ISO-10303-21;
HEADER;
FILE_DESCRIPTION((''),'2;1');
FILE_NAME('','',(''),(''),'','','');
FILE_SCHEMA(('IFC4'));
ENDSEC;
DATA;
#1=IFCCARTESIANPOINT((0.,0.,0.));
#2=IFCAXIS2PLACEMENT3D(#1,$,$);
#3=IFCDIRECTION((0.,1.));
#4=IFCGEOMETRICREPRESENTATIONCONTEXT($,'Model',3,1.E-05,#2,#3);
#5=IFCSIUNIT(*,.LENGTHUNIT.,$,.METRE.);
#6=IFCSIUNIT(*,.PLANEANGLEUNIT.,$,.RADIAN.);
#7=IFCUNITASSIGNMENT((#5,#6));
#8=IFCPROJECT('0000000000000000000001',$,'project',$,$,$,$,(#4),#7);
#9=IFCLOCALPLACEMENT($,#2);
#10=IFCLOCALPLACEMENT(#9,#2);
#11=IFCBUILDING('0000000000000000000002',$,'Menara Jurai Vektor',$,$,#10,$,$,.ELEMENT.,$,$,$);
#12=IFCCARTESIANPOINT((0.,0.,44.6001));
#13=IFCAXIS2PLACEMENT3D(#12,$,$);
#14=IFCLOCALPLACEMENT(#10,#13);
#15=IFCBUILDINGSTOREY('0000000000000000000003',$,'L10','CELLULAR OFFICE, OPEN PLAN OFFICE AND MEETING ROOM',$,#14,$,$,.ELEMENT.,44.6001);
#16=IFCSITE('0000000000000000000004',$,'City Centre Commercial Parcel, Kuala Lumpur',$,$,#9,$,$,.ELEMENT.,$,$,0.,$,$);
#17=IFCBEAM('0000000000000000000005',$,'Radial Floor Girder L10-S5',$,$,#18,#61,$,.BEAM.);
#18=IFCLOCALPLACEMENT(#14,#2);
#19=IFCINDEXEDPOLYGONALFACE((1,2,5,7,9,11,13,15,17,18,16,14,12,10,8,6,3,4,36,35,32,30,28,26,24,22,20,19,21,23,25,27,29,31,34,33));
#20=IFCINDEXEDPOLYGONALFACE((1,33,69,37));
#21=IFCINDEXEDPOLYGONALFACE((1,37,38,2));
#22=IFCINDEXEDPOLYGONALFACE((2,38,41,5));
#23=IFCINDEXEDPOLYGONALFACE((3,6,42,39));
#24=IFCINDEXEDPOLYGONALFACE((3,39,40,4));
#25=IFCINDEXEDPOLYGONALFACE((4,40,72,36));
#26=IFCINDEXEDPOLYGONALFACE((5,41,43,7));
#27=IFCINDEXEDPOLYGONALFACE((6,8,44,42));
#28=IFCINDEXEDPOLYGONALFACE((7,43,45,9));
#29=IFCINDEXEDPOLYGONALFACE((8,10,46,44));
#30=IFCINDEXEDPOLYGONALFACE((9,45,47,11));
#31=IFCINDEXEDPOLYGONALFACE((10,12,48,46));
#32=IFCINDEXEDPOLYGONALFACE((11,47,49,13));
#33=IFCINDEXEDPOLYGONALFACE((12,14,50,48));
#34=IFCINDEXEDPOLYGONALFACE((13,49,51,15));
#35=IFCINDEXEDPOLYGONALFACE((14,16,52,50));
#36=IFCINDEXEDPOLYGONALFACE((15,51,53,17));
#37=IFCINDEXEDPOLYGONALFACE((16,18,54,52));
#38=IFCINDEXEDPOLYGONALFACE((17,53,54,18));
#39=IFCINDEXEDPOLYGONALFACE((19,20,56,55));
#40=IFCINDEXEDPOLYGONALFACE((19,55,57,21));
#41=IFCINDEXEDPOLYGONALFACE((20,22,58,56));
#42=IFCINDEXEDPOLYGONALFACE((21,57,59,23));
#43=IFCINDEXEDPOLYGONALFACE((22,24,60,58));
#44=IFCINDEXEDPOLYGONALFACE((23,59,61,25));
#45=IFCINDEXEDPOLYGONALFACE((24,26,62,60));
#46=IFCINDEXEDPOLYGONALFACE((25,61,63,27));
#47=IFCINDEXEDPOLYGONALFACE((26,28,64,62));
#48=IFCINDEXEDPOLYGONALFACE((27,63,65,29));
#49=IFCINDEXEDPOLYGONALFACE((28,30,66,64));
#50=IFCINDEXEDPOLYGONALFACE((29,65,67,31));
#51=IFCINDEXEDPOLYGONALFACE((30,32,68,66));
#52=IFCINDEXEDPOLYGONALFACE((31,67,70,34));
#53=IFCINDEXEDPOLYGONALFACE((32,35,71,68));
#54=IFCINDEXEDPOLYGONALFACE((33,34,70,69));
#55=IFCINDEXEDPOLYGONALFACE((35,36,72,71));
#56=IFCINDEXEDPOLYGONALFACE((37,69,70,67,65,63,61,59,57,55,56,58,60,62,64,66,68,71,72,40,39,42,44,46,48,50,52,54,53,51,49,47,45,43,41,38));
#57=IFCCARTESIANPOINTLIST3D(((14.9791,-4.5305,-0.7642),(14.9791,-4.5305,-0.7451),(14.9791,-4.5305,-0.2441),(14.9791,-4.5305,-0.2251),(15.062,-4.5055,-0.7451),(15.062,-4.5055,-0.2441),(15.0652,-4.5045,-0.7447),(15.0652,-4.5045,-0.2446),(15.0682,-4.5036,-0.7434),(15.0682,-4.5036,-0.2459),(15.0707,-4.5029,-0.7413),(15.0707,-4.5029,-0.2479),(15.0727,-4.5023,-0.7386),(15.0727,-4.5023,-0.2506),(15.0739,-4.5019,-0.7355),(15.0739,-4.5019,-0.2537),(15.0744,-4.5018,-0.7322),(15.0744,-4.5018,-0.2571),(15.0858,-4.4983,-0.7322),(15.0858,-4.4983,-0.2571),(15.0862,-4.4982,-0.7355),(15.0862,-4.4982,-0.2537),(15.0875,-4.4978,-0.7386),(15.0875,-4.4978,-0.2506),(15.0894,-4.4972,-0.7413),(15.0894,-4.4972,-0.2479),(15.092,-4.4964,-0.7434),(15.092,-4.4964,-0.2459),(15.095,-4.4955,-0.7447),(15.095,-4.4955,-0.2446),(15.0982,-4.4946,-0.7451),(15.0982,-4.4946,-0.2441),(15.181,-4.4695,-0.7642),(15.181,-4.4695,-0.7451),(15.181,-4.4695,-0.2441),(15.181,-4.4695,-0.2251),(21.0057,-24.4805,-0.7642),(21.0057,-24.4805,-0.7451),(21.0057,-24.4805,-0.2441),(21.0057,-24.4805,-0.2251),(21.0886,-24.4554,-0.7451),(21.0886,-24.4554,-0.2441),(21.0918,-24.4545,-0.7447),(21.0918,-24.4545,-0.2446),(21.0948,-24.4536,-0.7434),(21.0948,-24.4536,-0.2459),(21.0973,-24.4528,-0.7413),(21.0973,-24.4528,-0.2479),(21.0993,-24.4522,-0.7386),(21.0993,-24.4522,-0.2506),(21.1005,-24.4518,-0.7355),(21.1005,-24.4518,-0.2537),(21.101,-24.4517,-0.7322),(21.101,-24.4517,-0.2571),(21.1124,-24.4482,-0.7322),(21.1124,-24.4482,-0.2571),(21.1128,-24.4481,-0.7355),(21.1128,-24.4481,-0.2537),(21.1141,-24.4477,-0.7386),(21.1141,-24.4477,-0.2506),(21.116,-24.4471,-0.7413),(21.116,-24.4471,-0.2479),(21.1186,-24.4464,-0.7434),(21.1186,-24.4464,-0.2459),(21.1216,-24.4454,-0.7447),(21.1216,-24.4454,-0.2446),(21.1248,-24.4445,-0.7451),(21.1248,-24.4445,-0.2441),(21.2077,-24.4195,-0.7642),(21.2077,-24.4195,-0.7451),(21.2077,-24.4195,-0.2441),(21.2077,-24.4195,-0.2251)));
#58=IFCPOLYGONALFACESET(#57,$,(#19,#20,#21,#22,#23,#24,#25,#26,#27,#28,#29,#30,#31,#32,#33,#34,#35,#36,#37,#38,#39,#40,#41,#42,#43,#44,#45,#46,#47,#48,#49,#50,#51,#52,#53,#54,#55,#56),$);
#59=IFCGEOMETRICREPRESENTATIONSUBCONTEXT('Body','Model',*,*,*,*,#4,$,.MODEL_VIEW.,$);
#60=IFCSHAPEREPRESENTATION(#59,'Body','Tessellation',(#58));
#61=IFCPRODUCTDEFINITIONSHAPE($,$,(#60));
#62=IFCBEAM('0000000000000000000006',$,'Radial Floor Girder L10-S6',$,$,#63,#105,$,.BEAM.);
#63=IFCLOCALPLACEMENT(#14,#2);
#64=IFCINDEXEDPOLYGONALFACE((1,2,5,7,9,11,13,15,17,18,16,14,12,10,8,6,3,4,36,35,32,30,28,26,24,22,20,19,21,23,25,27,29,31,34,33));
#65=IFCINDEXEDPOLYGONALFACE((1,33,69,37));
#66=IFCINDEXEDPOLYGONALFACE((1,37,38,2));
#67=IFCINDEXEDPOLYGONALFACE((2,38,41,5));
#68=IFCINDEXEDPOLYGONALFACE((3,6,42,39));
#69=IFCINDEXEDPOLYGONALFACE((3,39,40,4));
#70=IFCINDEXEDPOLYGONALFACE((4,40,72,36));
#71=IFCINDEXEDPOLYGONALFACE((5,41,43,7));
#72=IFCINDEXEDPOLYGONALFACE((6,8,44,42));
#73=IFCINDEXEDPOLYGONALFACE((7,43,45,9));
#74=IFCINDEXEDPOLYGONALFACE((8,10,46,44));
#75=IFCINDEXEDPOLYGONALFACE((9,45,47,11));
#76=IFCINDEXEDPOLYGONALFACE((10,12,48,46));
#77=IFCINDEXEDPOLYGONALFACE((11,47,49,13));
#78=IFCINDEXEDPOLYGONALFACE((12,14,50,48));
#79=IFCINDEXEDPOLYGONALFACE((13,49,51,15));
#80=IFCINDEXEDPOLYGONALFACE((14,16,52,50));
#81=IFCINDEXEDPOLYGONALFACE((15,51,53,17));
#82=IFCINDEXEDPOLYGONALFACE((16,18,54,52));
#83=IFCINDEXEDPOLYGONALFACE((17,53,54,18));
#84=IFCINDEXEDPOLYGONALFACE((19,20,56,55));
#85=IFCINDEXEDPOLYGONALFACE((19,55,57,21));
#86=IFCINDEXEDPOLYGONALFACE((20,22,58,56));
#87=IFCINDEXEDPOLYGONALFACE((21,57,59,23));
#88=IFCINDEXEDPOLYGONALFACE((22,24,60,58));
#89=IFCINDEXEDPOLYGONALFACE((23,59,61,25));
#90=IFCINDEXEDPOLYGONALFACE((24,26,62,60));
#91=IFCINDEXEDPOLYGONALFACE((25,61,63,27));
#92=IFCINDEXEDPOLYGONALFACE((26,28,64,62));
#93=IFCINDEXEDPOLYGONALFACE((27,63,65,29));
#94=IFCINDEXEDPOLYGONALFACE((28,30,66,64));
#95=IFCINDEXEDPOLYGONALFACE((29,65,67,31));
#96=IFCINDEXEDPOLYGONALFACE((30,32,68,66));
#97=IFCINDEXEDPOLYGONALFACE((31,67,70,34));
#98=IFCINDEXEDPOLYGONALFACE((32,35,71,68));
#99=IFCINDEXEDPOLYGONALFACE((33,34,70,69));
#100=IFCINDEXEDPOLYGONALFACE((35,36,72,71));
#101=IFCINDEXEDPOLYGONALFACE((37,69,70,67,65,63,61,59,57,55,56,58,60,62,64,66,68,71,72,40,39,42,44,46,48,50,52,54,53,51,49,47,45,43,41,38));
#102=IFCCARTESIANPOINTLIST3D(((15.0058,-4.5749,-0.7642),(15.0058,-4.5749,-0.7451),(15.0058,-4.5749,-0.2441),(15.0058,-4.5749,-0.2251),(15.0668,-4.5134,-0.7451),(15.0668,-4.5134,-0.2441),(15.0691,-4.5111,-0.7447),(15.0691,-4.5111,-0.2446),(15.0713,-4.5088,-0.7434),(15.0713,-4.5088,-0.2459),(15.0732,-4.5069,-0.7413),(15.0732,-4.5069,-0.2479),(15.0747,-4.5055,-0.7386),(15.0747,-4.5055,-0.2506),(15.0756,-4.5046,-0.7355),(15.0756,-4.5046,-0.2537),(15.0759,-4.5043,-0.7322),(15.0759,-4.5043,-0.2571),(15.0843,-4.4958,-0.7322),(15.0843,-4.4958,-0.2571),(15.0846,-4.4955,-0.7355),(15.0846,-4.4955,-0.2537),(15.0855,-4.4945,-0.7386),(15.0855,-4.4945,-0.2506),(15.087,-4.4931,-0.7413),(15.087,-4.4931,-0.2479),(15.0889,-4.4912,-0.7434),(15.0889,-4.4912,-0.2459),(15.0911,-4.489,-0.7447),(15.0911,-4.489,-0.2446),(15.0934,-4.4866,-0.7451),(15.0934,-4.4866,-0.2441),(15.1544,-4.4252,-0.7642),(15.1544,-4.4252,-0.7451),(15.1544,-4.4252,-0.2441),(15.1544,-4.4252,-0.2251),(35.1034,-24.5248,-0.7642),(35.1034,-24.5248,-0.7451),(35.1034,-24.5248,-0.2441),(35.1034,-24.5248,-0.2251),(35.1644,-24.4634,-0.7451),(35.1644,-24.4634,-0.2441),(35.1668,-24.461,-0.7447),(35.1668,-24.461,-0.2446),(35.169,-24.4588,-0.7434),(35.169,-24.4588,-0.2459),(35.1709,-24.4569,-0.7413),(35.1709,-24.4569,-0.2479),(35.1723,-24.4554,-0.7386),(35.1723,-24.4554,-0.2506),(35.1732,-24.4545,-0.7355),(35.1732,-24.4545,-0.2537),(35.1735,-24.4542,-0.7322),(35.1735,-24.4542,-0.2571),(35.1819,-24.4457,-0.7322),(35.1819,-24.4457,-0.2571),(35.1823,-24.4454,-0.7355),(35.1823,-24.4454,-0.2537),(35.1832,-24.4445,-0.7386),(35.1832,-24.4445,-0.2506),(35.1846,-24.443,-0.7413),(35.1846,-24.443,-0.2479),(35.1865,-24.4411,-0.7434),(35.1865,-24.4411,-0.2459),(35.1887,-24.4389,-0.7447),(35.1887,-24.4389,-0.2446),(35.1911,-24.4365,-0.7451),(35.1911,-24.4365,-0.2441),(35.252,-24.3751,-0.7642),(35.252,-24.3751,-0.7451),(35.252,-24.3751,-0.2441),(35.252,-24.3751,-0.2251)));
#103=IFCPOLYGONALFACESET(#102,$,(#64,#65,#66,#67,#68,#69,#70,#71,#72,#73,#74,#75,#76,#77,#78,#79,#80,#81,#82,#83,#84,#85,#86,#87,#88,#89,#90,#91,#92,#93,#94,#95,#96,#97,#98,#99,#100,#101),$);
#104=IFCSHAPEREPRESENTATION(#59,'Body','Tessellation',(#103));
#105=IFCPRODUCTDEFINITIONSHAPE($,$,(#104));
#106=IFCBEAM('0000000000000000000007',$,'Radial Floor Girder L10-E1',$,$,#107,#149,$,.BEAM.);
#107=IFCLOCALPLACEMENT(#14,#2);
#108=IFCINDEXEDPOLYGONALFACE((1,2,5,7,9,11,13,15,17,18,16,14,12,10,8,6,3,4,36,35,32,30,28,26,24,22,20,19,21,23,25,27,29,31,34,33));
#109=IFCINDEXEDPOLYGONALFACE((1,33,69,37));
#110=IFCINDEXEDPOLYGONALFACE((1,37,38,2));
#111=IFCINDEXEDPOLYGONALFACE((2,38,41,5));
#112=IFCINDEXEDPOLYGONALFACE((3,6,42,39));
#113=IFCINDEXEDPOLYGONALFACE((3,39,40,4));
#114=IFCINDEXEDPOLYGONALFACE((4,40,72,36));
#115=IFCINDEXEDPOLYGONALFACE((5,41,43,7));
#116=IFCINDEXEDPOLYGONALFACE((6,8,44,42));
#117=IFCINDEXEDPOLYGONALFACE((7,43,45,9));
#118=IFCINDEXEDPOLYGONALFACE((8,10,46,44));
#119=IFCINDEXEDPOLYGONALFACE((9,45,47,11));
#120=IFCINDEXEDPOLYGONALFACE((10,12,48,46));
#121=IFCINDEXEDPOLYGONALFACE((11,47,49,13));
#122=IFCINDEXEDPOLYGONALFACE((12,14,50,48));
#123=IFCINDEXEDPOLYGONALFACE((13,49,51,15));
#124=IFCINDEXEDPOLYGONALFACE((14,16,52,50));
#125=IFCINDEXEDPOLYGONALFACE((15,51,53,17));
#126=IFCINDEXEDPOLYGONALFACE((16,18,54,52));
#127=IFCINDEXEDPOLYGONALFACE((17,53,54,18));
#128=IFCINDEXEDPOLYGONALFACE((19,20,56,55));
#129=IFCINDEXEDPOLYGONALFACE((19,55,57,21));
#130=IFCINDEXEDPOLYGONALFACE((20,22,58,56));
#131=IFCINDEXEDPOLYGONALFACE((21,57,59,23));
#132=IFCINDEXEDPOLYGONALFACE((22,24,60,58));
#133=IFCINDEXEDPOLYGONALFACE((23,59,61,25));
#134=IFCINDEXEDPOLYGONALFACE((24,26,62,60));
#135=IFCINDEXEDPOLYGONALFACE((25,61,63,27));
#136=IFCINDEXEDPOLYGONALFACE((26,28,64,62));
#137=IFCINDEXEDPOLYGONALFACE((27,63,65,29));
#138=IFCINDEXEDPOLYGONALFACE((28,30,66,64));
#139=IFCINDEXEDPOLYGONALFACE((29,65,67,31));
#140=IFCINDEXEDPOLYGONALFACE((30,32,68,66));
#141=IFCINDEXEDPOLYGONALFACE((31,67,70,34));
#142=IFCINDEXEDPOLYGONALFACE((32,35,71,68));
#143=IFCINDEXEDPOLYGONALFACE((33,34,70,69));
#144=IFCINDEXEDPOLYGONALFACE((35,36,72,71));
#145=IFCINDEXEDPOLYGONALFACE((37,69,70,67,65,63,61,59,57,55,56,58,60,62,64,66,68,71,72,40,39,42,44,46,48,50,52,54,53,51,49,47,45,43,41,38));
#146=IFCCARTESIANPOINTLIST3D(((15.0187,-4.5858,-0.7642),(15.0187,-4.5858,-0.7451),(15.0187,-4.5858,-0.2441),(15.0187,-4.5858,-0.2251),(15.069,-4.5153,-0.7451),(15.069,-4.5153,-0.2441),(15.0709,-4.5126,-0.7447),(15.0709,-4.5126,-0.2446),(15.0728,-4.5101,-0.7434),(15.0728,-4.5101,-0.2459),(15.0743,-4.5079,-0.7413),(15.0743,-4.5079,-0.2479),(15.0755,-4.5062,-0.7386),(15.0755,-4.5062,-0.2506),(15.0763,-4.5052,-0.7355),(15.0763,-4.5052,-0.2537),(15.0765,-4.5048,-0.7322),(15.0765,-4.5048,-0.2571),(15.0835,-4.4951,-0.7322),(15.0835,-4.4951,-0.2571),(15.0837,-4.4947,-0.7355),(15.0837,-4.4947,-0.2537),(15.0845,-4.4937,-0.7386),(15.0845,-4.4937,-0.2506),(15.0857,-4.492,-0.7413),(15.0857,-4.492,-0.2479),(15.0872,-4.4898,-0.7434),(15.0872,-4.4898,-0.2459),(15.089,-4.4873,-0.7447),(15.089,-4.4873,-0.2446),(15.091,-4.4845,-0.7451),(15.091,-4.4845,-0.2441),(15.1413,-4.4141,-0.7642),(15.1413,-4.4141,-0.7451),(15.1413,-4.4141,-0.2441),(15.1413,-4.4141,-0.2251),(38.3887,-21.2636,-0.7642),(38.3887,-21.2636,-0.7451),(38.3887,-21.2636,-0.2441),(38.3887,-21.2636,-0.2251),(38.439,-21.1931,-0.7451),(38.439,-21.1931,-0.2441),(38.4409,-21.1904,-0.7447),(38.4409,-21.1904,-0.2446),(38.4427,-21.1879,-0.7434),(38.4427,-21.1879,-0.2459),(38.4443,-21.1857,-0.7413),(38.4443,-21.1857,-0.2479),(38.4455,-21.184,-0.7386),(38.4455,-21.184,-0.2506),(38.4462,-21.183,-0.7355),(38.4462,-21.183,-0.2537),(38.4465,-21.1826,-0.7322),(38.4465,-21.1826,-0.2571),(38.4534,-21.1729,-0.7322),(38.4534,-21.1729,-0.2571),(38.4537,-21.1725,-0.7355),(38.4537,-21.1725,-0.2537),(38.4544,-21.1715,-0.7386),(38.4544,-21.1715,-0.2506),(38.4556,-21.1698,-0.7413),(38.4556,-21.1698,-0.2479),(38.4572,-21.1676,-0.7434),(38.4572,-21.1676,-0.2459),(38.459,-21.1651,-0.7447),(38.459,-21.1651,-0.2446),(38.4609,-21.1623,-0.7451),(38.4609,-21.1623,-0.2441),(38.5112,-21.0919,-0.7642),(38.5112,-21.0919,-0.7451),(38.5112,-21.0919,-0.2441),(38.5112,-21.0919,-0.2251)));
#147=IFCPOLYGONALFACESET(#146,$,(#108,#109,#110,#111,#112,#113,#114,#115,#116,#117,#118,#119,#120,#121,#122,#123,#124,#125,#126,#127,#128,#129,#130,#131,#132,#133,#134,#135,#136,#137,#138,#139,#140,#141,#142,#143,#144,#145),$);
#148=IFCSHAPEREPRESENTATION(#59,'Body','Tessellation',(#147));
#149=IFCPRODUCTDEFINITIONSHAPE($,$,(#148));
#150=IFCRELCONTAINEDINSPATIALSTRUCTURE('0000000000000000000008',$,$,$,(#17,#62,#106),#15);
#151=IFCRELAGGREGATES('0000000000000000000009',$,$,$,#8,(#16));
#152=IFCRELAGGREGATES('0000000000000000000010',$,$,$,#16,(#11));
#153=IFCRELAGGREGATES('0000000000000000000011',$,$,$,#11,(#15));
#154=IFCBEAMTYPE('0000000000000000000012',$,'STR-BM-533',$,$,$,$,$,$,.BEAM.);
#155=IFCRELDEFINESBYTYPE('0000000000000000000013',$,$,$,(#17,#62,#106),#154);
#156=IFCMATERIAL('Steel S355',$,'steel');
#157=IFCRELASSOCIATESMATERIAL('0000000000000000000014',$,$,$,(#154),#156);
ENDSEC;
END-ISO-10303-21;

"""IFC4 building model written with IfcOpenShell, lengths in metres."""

from ifc_helpers import new_model, si_unit, direction, frame, origin, origin_2d, place, context, subcontext, project, spatial, i_section, extrude, material, material_profile, profile_set, type_object, element, save


model = new_model("IFC4")

# Units and contexts
model_context = context("Model", 3, precision=1e-05, world=origin(), true_north=direction((0.0, 1.0)))
body_context = subcontext(model_context, "Body", "Model", "MODEL_VIEW")
ifc_project = project(units=[si_unit("LENGTHUNIT", "METRE"), si_unit("PLANEANGLEUNIT", "RADIAN")], contexts=[model_context])

# Site, building, storey
site_placement = place(None, origin())
site = spatial("IfcSite", under=ifc_project, at=site_placement, Name="City Centre Commercial Parcel, Kuala Lumpur", CompositionType="ELEMENT", RefElevation=0.0)
building_placement = place(site_placement, origin())
building = spatial("IfcBuilding", under=site, at=building_placement, Name="Menara Jurai Vektor", CompositionType="ELEMENT")
storey_placement = place(building_placement, frame((0.0, 0.0, 44.6001)))
storey = spatial("IfcBuildingStorey", under=building, at=storey_placement, Name="L10", Description="CELLULAR OFFICE, OPEN PLAN OFFICE AND MEETING ROOM", CompositionType="ELEMENT", Elevation=44.6001)

# Beams
ifc_material_1 = material(Name="Steel S355", Category="steel")
ifc_material_profile_1 = material_profile(ifc_material_1, i_section(OverallWidth=0.2109, OverallDepth=0.5391, WebThickness=0.012, FlangeThickness=0.019, FilletRadius=0.0129, at=origin_2d()), Name="UKB 533x210x109")
ifc_profile_set_1 = profile_set([ifc_material_profile_1], Name="Steel S355")
beam_type_1 = type_object("IfcBeamType", Name="STR-BM-533", PredefinedType="BEAM", material=ifc_profile_set_1)
beam_1_placement = place(storey_placement, frame((21.1067, -24.45, -0.4946), z_axis=(-0.28918, 0.957275, 0.0), x_axis=(-0.957275, -0.28918, 0.0)))
element("IfcBeam", 1, at=beam_1_placement, inside=storey, type_object=beam_type_1, Name="Radial Floor Girder L10-S5", PredefinedType="BEAM", context=body_context, shape_type="SweptSolid", body=[
    extrude(i_section(OverallWidth=0.2109, OverallDepth=0.5391, WebThickness=0.012, FlangeThickness=0.019, FilletRadius=0.0129, at=origin_2d()), origin(), (0.0, 0.0, 1.0), 20.8403),
])
beam_2_placement = place(storey_placement, frame((35.1777, -24.45, -0.4946), z_axis=(-0.70971, 0.704494, 0.0), x_axis=(-0.704494, -0.70971, 0.0)))
element("IfcBeam", 2, at=beam_2_placement, inside=storey, type_object=beam_type_1, Name="Radial Floor Girder L10-S6", PredefinedType="BEAM", context=body_context, shape_type="SweptSolid", body=[
    extrude(i_section(OverallWidth=0.2109, OverallDepth=0.5391, WebThickness=0.012, FlangeThickness=0.019, FilletRadius=0.0129, at=origin_2d()), origin(), (0.0, 0.0, 1.0), 28.3181),
])
beam_3_placement = place(storey_placement, frame((38.45, -21.1777, -0.4946), z_axis=(-0.813981, 0.580891, 0.0), x_axis=(-0.580891, -0.813981, 0.0)))
element("IfcBeam", 3, at=beam_3_placement, inside=storey, type_object=beam_type_1, Name="Radial Floor Girder L10-E1", PredefinedType="BEAM", context=body_context, shape_type="SweptSolid", body=[
    extrude(i_section(OverallWidth=0.2109, OverallDepth=0.5391, WebThickness=0.012, FlangeThickness=0.019, FilletRadius=0.0129, at=origin_2d()), origin(), (0.0, 0.0, 1.0), 28.7107),
])

save(model, "model.ifc")
